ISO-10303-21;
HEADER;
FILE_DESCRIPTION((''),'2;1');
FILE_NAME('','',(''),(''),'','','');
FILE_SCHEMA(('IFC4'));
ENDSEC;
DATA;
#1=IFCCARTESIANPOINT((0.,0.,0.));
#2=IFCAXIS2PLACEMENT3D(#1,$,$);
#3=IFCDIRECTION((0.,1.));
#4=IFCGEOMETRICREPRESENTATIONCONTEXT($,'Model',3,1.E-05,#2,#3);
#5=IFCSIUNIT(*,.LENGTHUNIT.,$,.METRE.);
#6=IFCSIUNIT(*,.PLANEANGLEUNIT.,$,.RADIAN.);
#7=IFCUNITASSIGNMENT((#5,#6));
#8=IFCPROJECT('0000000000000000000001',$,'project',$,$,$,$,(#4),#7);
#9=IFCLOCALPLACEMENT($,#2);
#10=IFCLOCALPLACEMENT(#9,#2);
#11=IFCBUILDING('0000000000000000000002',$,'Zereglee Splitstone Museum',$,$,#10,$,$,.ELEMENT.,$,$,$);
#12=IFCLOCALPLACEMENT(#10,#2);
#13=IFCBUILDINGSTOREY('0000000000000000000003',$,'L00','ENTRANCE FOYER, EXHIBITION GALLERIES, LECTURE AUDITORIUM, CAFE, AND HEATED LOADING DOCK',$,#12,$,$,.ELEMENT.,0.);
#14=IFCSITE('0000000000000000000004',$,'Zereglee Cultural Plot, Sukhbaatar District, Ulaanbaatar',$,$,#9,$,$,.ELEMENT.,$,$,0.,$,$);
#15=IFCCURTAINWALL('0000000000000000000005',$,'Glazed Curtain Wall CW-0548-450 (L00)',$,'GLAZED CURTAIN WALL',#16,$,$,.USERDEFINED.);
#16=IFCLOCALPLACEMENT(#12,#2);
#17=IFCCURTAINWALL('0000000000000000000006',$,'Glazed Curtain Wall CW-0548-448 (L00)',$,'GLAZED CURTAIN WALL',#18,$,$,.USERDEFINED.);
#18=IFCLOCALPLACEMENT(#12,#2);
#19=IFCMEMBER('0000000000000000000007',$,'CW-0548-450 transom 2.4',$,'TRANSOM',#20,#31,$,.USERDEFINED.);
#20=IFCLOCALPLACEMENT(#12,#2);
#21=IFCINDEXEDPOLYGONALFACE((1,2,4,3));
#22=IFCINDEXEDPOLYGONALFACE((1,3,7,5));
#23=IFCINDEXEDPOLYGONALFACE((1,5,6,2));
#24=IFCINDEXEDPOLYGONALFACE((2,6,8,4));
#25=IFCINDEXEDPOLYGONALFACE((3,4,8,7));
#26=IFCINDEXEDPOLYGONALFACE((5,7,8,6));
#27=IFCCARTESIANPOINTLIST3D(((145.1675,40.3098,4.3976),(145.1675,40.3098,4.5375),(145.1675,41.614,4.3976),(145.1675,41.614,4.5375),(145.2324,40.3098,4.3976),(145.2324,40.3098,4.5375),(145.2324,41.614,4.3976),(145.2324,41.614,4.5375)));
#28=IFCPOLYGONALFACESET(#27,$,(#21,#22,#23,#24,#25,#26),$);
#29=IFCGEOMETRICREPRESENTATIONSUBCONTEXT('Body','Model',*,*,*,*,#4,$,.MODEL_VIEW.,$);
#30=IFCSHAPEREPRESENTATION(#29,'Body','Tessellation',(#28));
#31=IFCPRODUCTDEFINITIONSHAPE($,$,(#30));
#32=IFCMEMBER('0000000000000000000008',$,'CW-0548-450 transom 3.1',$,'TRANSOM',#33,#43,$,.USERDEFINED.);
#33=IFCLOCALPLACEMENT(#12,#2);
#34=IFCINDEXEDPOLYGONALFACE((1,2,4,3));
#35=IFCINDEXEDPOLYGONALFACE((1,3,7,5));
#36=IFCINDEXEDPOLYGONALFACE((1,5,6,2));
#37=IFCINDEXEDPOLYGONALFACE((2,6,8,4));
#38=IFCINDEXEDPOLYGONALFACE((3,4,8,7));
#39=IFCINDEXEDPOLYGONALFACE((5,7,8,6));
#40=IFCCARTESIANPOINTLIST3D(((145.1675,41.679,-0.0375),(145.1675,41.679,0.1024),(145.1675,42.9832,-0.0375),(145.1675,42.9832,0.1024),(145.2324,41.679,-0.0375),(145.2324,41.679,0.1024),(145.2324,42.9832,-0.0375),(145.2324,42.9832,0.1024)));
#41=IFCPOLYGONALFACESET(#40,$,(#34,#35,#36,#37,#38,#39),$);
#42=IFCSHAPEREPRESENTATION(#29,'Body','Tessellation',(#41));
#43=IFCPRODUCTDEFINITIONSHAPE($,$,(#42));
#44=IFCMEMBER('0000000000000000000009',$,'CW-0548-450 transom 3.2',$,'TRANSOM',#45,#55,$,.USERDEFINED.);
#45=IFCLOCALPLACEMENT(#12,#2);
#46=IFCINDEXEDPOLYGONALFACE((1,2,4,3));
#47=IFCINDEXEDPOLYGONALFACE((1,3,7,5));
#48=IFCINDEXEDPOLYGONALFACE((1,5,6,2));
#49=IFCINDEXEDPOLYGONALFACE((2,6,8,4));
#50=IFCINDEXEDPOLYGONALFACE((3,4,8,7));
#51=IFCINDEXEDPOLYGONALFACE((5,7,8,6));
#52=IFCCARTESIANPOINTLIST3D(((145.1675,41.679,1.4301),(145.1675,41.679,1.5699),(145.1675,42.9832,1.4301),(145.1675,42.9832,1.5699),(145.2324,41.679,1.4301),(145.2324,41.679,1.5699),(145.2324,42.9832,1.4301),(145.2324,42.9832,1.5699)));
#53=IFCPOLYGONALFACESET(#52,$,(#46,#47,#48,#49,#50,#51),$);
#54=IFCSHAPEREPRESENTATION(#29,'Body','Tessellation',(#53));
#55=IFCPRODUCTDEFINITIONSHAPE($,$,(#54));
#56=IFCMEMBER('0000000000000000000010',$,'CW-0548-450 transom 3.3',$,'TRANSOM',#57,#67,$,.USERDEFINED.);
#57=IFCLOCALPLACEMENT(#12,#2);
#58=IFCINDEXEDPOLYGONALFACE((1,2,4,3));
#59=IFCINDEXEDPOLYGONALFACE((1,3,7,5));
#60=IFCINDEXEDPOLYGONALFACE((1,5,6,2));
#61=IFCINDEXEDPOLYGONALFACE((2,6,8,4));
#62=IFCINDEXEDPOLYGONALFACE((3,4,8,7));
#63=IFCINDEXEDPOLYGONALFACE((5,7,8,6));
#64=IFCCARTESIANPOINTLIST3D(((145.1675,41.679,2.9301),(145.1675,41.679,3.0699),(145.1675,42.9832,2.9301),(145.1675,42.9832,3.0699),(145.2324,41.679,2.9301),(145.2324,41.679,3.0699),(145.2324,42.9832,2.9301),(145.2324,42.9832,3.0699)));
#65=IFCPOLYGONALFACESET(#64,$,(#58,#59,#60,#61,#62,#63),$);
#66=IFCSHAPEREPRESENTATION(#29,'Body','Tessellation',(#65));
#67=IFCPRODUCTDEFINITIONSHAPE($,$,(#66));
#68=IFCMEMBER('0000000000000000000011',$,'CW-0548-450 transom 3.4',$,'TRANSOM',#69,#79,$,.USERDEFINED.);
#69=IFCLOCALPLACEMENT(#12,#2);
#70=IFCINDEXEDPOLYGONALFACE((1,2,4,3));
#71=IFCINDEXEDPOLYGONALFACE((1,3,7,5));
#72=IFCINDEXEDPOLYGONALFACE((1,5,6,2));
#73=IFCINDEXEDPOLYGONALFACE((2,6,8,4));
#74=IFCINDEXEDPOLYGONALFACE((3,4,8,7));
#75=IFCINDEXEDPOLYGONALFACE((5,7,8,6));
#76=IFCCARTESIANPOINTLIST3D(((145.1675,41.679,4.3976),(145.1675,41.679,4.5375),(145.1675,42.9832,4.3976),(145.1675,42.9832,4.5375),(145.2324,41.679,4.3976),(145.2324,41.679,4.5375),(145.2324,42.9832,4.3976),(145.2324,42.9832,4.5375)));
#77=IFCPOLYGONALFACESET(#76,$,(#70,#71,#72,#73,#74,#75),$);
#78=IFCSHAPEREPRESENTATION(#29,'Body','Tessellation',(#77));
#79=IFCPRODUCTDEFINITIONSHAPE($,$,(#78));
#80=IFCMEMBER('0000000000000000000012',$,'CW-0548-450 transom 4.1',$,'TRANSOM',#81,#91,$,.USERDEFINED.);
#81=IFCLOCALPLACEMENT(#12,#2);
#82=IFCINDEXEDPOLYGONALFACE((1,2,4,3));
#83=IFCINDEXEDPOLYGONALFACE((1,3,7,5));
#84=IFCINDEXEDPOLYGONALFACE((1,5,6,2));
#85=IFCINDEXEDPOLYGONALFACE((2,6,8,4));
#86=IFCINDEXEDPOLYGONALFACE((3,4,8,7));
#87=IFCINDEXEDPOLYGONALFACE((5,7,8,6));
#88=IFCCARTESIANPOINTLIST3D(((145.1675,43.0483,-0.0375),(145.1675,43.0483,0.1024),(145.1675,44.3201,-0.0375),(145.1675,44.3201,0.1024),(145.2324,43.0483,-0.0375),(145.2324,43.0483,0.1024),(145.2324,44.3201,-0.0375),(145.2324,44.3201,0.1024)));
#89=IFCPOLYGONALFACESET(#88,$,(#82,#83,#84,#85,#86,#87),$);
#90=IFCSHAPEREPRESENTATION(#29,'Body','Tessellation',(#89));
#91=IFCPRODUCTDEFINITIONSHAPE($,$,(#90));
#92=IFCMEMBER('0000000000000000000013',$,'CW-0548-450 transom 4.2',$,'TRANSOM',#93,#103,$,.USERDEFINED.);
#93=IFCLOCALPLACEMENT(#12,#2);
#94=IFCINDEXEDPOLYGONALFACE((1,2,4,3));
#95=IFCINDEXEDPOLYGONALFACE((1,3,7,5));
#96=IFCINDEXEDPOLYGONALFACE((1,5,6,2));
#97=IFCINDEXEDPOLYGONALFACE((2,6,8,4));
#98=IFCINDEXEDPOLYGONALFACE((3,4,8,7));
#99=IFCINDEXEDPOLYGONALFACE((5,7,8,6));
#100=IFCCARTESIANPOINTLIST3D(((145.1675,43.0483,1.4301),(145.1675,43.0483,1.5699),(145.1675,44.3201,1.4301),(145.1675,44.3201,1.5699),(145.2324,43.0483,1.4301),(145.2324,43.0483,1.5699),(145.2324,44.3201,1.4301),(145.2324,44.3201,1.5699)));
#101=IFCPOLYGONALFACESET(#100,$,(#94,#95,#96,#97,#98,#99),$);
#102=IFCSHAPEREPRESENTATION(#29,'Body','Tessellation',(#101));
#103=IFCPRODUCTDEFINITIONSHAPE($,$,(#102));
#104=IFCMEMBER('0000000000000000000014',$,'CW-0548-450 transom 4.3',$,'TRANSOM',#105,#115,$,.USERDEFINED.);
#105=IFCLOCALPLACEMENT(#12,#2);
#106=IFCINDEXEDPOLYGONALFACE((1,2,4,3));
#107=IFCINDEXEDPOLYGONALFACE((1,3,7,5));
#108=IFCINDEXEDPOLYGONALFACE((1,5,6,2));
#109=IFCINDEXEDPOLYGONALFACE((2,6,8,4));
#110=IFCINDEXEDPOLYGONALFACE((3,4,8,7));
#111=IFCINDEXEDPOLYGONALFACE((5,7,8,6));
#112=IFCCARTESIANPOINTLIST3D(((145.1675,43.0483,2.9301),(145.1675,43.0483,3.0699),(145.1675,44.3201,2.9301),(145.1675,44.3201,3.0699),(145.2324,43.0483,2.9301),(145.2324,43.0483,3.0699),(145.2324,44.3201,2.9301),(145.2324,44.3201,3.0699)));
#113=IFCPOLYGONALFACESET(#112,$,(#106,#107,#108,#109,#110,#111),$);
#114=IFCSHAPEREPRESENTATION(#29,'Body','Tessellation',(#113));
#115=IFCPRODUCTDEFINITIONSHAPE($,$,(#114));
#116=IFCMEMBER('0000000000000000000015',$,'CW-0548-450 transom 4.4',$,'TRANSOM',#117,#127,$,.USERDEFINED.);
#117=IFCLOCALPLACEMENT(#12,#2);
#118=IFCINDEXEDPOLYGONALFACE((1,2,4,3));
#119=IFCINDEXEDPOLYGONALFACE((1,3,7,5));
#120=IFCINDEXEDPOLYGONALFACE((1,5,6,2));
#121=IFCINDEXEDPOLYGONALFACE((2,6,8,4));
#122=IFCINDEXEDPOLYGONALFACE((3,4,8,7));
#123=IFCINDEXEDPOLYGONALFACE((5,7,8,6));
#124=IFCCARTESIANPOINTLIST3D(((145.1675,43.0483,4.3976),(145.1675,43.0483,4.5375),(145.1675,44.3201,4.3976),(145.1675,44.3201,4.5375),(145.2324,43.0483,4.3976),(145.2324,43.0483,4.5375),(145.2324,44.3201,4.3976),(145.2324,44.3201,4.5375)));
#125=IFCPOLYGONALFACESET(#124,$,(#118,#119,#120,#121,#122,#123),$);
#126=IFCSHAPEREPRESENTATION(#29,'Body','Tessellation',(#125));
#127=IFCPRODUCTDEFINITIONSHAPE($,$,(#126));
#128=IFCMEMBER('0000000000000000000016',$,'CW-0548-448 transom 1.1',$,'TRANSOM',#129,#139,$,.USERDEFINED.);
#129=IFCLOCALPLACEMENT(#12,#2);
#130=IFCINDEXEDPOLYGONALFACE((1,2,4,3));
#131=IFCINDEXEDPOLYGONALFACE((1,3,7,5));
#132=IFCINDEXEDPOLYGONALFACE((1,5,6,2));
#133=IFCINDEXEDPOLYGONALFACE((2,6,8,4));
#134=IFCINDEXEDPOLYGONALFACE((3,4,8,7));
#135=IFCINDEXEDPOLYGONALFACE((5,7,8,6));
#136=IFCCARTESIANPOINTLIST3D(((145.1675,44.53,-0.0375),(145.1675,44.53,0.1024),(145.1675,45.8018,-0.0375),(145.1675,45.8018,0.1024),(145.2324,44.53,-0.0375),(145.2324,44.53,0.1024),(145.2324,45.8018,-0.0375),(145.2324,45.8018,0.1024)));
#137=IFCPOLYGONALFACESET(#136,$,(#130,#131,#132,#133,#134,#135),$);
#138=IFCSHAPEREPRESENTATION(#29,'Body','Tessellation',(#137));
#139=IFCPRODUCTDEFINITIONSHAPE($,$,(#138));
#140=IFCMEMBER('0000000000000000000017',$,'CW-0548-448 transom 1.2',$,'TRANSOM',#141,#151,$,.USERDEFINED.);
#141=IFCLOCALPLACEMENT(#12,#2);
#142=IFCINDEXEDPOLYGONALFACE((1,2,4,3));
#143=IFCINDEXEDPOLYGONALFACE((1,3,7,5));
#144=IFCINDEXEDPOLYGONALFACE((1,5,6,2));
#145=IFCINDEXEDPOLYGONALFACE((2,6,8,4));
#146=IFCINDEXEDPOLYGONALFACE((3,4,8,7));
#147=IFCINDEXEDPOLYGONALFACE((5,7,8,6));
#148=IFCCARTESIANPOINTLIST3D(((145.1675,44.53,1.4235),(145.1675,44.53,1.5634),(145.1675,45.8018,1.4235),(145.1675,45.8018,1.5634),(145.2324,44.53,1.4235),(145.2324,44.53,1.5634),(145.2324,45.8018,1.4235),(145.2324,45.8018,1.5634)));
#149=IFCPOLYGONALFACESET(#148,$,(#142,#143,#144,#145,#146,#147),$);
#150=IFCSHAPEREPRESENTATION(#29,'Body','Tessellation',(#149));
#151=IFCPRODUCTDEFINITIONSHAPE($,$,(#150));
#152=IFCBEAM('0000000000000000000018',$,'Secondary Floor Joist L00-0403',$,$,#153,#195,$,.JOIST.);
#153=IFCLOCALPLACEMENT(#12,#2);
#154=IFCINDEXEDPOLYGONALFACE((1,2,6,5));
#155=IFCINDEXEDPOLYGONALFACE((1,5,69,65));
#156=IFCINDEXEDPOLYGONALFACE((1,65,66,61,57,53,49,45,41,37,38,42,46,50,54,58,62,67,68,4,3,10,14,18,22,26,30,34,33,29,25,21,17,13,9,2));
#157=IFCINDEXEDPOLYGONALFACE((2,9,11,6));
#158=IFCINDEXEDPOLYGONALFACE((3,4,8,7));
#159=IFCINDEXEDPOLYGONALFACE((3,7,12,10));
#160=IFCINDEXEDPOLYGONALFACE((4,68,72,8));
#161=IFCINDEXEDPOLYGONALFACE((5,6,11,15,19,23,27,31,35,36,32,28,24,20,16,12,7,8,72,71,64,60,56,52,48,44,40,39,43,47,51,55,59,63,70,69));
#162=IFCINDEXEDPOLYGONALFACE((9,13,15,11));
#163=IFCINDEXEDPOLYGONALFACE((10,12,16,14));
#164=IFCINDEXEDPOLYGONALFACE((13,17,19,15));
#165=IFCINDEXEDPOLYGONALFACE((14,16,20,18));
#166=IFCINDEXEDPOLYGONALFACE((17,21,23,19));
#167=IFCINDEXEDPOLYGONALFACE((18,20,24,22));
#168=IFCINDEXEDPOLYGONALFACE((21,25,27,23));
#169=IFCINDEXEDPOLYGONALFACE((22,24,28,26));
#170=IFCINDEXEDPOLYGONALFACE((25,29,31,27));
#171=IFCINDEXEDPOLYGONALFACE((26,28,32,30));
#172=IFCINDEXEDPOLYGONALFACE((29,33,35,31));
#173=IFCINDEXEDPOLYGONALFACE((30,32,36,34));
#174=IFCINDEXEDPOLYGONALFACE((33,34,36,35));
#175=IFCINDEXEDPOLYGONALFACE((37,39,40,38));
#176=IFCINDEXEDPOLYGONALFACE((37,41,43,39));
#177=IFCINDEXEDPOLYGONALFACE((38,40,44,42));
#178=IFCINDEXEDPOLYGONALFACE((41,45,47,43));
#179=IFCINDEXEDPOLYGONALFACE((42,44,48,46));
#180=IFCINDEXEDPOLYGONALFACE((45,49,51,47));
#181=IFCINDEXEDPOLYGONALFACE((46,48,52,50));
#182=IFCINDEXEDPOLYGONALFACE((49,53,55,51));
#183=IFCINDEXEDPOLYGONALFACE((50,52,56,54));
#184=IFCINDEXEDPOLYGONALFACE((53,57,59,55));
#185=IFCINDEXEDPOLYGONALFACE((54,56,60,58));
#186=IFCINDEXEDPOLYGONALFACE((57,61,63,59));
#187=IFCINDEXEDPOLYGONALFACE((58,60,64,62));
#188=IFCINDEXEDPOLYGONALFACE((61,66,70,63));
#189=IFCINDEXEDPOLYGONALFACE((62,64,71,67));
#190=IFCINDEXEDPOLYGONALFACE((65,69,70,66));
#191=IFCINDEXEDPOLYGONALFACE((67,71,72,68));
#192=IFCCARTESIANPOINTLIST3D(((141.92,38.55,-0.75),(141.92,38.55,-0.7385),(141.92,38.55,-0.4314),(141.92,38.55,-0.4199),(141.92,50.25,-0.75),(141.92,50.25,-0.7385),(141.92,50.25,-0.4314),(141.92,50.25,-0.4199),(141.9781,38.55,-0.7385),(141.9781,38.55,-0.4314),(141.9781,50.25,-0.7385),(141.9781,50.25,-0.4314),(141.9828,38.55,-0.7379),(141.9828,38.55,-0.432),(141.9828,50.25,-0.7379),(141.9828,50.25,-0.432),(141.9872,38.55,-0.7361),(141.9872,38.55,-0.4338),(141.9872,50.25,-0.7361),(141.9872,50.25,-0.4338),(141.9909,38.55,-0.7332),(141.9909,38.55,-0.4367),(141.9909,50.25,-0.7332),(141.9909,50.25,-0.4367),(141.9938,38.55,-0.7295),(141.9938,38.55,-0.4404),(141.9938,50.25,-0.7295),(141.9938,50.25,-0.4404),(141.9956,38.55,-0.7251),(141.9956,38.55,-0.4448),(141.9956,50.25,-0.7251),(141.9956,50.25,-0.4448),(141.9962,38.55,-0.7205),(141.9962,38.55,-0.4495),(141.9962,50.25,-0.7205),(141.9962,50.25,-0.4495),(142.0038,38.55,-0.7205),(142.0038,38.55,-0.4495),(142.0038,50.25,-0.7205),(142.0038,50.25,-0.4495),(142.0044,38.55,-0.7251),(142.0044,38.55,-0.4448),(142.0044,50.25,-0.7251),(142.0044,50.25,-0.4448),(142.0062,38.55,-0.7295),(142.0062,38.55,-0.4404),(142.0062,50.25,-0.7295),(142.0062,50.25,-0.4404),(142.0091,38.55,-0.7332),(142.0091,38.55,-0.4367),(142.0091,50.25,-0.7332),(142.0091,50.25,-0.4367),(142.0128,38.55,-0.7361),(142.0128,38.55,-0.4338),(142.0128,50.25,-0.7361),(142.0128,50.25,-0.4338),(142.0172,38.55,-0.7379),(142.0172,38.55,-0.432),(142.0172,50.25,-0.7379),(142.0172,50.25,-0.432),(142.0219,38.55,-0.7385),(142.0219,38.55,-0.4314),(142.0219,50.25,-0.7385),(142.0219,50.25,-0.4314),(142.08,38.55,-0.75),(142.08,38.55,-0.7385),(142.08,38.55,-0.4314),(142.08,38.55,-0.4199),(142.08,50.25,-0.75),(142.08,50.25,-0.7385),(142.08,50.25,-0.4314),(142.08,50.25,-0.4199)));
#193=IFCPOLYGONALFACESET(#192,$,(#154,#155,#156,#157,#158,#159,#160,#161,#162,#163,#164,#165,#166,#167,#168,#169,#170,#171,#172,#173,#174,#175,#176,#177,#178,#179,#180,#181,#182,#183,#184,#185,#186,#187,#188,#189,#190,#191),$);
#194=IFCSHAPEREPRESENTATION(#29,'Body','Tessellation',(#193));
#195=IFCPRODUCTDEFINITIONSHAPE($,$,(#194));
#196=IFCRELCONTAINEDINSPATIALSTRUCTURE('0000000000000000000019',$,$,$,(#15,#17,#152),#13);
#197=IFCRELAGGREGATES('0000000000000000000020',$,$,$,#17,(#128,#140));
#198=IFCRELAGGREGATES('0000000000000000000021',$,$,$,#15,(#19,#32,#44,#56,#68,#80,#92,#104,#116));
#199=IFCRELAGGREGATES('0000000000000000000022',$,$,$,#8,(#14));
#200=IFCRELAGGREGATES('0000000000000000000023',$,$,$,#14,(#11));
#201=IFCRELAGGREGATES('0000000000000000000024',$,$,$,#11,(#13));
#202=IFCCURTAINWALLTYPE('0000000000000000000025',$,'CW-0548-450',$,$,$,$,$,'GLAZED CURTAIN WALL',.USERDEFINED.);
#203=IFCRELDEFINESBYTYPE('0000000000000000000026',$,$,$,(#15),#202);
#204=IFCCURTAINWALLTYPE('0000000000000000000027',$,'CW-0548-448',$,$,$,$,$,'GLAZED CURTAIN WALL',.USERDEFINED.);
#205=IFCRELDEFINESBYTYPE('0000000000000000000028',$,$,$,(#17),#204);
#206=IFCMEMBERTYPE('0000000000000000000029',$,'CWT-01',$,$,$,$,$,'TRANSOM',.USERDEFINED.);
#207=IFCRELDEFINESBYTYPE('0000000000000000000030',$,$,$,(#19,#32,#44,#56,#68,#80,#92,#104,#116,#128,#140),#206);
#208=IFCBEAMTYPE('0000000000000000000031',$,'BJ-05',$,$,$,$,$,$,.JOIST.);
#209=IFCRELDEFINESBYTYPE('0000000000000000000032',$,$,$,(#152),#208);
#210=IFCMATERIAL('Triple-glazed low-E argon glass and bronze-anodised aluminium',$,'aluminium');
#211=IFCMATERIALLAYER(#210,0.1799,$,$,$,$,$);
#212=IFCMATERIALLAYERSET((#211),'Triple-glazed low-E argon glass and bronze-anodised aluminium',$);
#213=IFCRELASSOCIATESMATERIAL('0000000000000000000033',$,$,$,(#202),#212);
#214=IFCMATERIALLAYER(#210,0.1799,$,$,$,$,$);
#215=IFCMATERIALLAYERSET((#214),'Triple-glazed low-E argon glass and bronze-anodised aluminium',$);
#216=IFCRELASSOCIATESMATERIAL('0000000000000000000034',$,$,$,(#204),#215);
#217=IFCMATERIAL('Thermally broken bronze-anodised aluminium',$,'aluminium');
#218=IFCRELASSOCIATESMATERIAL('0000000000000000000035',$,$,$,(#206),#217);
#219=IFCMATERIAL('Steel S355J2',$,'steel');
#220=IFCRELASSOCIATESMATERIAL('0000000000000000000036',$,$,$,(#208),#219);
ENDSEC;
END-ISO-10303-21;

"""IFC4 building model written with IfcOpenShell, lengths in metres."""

from ifc_helpers import new_model, si_unit, direction, frame, origin, origin_2d, place, context, subcontext, project, spatial, rectangle, i_section, extrude, material, layer, layer_set, material_profile, profile_set, type_object, element, aggregate, save


model = new_model("IFC4")

# Units and contexts
model_context = context("Model", 3, precision=1e-05, world=origin(), true_north=direction((0.0, 1.0)))
body_context = subcontext(model_context, "Body", "Model", "MODEL_VIEW")
ifc_project = project(units=[si_unit("LENGTHUNIT", "METRE"), si_unit("PLANEANGLEUNIT", "RADIAN")], contexts=[model_context])

# Site, building, storey
site_placement = place(None, origin())
site = spatial("IfcSite", under=ifc_project, at=site_placement, Name="Zereglee Cultural Plot, Sukhbaatar District, Ulaanbaatar", CompositionType="ELEMENT", RefElevation=0.0)
building_placement = place(site_placement, origin())
building = spatial("IfcBuilding", under=site, at=building_placement, Name="Zereglee Splitstone Museum", CompositionType="ELEMENT")
storey_placement = place(building_placement, origin())
storey = spatial("IfcBuildingStorey", under=building, at=storey_placement, Name="L00", Description="ENTRANCE FOYER, EXHIBITION GALLERIES, LECTURE AUDITORIUM, CAFE, AND HEATED LOADING DOCK", CompositionType="ELEMENT", Elevation=0.0)

# Curtain wall
ifc_material_1 = material(Name="Triple-glazed low-E argon glass and bronze-anodised aluminium", Category="aluminium")
ifc_layer_1 = layer(ifc_material_1, 0.1799)
ifc_layer_set_1 = layer_set([ifc_layer_1], Name="Triple-glazed low-E argon glass and bronze-anodised aluminium")
curtain_wall_type_1 = type_object("IfcCurtainWallType", Name="CW-0548-450", ElementType="GLAZED CURTAIN WALL", PredefinedType="USERDEFINED", material=ifc_layer_set_1)
curtain_wall_1_placement = place(storey_placement, origin())
curtain_wall_1 = element("IfcCurtainWall", 1, at=curtain_wall_1_placement, inside=storey, type_object=curtain_wall_type_1, Name="Glazed Curtain Wall CW-0548-450 (L00)", ObjectType="GLAZED CURTAIN WALL", PredefinedType="USERDEFINED")
ifc_material_2 = material(Name="Thermally broken bronze-anodised aluminium", Category="aluminium")

# Curtain wall
ifc_layer_2 = layer(ifc_material_1, 0.1799)
ifc_layer_set_2 = layer_set([ifc_layer_2], Name="Triple-glazed low-E argon glass and bronze-anodised aluminium")
curtain_wall_type_2 = type_object("IfcCurtainWallType", Name="CW-0548-448", ElementType="GLAZED CURTAIN WALL", PredefinedType="USERDEFINED", material=ifc_layer_set_2)
curtain_wall_2_placement = place(storey_placement, origin())
curtain_wall_2 = element("IfcCurtainWall", 2, at=curtain_wall_2_placement, inside=storey, type_object=curtain_wall_type_2, Name="Glazed Curtain Wall CW-0548-448 (L00)", ObjectType="GLAZED CURTAIN WALL", PredefinedType="USERDEFINED")

# Members
ifc_material_profile_1 = material_profile(ifc_material_2, rectangle(XDim=0.0649, YDim=0.1399, at=origin_2d()), Name="CW TRAN 65x140")
ifc_profile_set_1 = profile_set([ifc_material_profile_1], Name="Thermally broken bronze-anodised aluminium")
member_type_1 = type_object("IfcMemberType", Name="CWT-01", ElementType="TRANSOM", PredefinedType="USERDEFINED", material=ifc_profile_set_1)
member_1_placement = place(storey_placement, frame((145.2, 40.3098, 4.4675), z_axis=(0.0, 1.0, 0.0), x_axis=(-1.0, 0.0, 0.0)))
member_1 = element("IfcMember", 3, at=member_1_placement, type_object=member_type_1, Name="CW-0548-450 transom 2.4", ObjectType="TRANSOM", PredefinedType="USERDEFINED", context=body_context, shape_type="SweptSolid", body=[
    extrude(rectangle(XDim=0.0649, YDim=0.1399, at=origin_2d()), origin(), (0.0, 0.0, 1.0), 1.3042),
])
member_2_placement = place(storey_placement, frame((145.2, 41.679, 0.0325), z_axis=(0.0, 1.0, 0.0), x_axis=(-1.0, 0.0, 0.0)))
member_2 = element("IfcMember", 4, at=member_2_placement, type_object=member_type_1, Name="CW-0548-450 transom 3.1", ObjectType="TRANSOM", PredefinedType="USERDEFINED", context=body_context, shape_type="SweptSolid", body=[
    extrude(rectangle(XDim=0.0649, YDim=0.1399, at=origin_2d()), origin(), (0.0, 0.0, 1.0), 1.3042),
])
member_3_placement = place(storey_placement, frame((145.2, 41.679, 1.5), z_axis=(0.0, 1.0, 0.0), x_axis=(-1.0, 0.0, 0.0)))
member_3 = element("IfcMember", 5, at=member_3_placement, type_object=member_type_1, Name="CW-0548-450 transom 3.2", ObjectType="TRANSOM", PredefinedType="USERDEFINED", context=body_context, shape_type="SweptSolid", body=[
    extrude(rectangle(XDim=0.0649, YDim=0.1399, at=origin_2d()), origin(), (0.0, 0.0, 1.0), 1.3042),
])
member_4_placement = place(storey_placement, frame((145.2, 41.679, 3.0), z_axis=(0.0, 1.0, 0.0), x_axis=(-1.0, 0.0, 0.0)))
member_4 = element("IfcMember", 6, at=member_4_placement, type_object=member_type_1, Name="CW-0548-450 transom 3.3", ObjectType="TRANSOM", PredefinedType="USERDEFINED", context=body_context, shape_type="SweptSolid", body=[
    extrude(rectangle(XDim=0.0649, YDim=0.1399, at=origin_2d()), origin(), (0.0, 0.0, 1.0), 1.3042),
])
member_5_placement = place(storey_placement, frame((145.2, 41.679, 4.4675), z_axis=(0.0, 1.0, 0.0), x_axis=(-1.0, 0.0, 0.0)))
member_5 = element("IfcMember", 7, at=member_5_placement, type_object=member_type_1, Name="CW-0548-450 transom 3.4", ObjectType="TRANSOM", PredefinedType="USERDEFINED", context=body_context, shape_type="SweptSolid", body=[
    extrude(rectangle(XDim=0.0649, YDim=0.1399, at=origin_2d()), origin(), (0.0, 0.0, 1.0), 1.3042),
])
member_6_placement = place(storey_placement, frame((145.2, 43.0483, 0.0325), z_axis=(0.0, 1.0, 0.0), x_axis=(-1.0, 0.0, 0.0)))
member_6 = element("IfcMember", 8, at=member_6_placement, type_object=member_type_1, Name="CW-0548-450 transom 4.1", ObjectType="TRANSOM", PredefinedType="USERDEFINED", context=body_context, shape_type="SweptSolid", body=[
    extrude(rectangle(XDim=0.0649, YDim=0.1399, at=origin_2d()), origin(), (0.0, 0.0, 1.0), 1.2717),
])
member_7_placement = place(storey_placement, frame((145.2, 43.0483, 1.5), z_axis=(0.0, 1.0, 0.0), x_axis=(-1.0, 0.0, 0.0)))
member_7 = element("IfcMember", 9, at=member_7_placement, type_object=member_type_1, Name="CW-0548-450 transom 4.2", ObjectType="TRANSOM", PredefinedType="USERDEFINED", context=body_context, shape_type="SweptSolid", body=[
    extrude(rectangle(XDim=0.0649, YDim=0.1399, at=origin_2d()), origin(), (0.0, 0.0, 1.0), 1.2717),
])
member_8_placement = place(storey_placement, frame((145.2, 43.0483, 3.0), z_axis=(0.0, 1.0, 0.0), x_axis=(-1.0, 0.0, 0.0)))
member_8 = element("IfcMember", 10, at=member_8_placement, type_object=member_type_1, Name="CW-0548-450 transom 4.3", ObjectType="TRANSOM", PredefinedType="USERDEFINED", context=body_context, shape_type="SweptSolid", body=[
    extrude(rectangle(XDim=0.0649, YDim=0.1399, at=origin_2d()), origin(), (0.0, 0.0, 1.0), 1.2717),
])
member_9_placement = place(storey_placement, frame((145.2, 43.0483, 4.4675), z_axis=(0.0, 1.0, 0.0), x_axis=(-1.0, 0.0, 0.0)))
member_9 = element("IfcMember", 11, at=member_9_placement, type_object=member_type_1, Name="CW-0548-450 transom 4.4", ObjectType="TRANSOM", PredefinedType="USERDEFINED", context=body_context, shape_type="SweptSolid", body=[
    extrude(rectangle(XDim=0.0649, YDim=0.1399, at=origin_2d()), origin(), (0.0, 0.0, 1.0), 1.2717),
])
member_10_placement = place(storey_placement, frame((145.2, 44.53, 0.0325), z_axis=(0.0, 1.0, 0.0), x_axis=(-1.0, 0.0, 0.0)))
member_10 = element("IfcMember", 12, at=member_10_placement, type_object=member_type_1, Name="CW-0548-448 transom 1.1", ObjectType="TRANSOM", PredefinedType="USERDEFINED", context=body_context, shape_type="SweptSolid", body=[
    extrude(rectangle(XDim=0.0649, YDim=0.1399, at=origin_2d()), origin(), (0.0, 0.0, 1.0), 1.2717),
])
member_11_placement = place(storey_placement, frame((145.2, 44.53, 1.4934), z_axis=(0.0, 1.0, 0.0), x_axis=(-1.0, 0.0, 0.0)))
member_11 = element("IfcMember", 13, at=member_11_placement, type_object=member_type_1, Name="CW-0548-448 transom 1.2", ObjectType="TRANSOM", PredefinedType="USERDEFINED", context=body_context, shape_type="SweptSolid", body=[
    extrude(rectangle(XDim=0.0649, YDim=0.1399, at=origin_2d()), origin(), (0.0, 0.0, 1.0), 1.2717),
])
aggregate(curtain_wall_2, [member_10, member_11])

# Beam
ifc_material_3 = material(Name="Steel S355J2", Category="steel")
ifc_material_profile_2 = material_profile(ifc_material_3, i_section(OverallWidth=0.1599, OverallDepth=0.3301, WebThickness=0.0076, FlangeThickness=0.0115, FilletRadius=0.0181, at=origin_2d()), Name="IPE 330")
ifc_profile_set_2 = profile_set([ifc_material_profile_2], Name="Steel S355J2")
beam_type_1 = type_object("IfcBeamType", Name="BJ-05", PredefinedType="JOIST", material=ifc_profile_set_2)
beam_1_placement = place(storey_placement, frame((142.0, 38.55, -0.585), z_axis=(0.0, 1.0, 0.0), x_axis=(-1.0, 0.0, 0.0)))
element("IfcBeam", 14, at=beam_1_placement, inside=storey, type_object=beam_type_1, Name="Secondary Floor Joist L00-0403", PredefinedType="JOIST", context=body_context, shape_type="SweptSolid", body=[
    extrude(i_section(OverallWidth=0.1599, OverallDepth=0.3301, WebThickness=0.0076, FlangeThickness=0.0115, FilletRadius=0.0181, at=origin_2d()), origin(), (0.0, 0.0, 1.0), 11.7),
])

aggregate(curtain_wall_1, [member_1, member_2, member_3, member_4, member_5, member_6, member_7, member_8, member_9])

save(model, "model.ifc")
